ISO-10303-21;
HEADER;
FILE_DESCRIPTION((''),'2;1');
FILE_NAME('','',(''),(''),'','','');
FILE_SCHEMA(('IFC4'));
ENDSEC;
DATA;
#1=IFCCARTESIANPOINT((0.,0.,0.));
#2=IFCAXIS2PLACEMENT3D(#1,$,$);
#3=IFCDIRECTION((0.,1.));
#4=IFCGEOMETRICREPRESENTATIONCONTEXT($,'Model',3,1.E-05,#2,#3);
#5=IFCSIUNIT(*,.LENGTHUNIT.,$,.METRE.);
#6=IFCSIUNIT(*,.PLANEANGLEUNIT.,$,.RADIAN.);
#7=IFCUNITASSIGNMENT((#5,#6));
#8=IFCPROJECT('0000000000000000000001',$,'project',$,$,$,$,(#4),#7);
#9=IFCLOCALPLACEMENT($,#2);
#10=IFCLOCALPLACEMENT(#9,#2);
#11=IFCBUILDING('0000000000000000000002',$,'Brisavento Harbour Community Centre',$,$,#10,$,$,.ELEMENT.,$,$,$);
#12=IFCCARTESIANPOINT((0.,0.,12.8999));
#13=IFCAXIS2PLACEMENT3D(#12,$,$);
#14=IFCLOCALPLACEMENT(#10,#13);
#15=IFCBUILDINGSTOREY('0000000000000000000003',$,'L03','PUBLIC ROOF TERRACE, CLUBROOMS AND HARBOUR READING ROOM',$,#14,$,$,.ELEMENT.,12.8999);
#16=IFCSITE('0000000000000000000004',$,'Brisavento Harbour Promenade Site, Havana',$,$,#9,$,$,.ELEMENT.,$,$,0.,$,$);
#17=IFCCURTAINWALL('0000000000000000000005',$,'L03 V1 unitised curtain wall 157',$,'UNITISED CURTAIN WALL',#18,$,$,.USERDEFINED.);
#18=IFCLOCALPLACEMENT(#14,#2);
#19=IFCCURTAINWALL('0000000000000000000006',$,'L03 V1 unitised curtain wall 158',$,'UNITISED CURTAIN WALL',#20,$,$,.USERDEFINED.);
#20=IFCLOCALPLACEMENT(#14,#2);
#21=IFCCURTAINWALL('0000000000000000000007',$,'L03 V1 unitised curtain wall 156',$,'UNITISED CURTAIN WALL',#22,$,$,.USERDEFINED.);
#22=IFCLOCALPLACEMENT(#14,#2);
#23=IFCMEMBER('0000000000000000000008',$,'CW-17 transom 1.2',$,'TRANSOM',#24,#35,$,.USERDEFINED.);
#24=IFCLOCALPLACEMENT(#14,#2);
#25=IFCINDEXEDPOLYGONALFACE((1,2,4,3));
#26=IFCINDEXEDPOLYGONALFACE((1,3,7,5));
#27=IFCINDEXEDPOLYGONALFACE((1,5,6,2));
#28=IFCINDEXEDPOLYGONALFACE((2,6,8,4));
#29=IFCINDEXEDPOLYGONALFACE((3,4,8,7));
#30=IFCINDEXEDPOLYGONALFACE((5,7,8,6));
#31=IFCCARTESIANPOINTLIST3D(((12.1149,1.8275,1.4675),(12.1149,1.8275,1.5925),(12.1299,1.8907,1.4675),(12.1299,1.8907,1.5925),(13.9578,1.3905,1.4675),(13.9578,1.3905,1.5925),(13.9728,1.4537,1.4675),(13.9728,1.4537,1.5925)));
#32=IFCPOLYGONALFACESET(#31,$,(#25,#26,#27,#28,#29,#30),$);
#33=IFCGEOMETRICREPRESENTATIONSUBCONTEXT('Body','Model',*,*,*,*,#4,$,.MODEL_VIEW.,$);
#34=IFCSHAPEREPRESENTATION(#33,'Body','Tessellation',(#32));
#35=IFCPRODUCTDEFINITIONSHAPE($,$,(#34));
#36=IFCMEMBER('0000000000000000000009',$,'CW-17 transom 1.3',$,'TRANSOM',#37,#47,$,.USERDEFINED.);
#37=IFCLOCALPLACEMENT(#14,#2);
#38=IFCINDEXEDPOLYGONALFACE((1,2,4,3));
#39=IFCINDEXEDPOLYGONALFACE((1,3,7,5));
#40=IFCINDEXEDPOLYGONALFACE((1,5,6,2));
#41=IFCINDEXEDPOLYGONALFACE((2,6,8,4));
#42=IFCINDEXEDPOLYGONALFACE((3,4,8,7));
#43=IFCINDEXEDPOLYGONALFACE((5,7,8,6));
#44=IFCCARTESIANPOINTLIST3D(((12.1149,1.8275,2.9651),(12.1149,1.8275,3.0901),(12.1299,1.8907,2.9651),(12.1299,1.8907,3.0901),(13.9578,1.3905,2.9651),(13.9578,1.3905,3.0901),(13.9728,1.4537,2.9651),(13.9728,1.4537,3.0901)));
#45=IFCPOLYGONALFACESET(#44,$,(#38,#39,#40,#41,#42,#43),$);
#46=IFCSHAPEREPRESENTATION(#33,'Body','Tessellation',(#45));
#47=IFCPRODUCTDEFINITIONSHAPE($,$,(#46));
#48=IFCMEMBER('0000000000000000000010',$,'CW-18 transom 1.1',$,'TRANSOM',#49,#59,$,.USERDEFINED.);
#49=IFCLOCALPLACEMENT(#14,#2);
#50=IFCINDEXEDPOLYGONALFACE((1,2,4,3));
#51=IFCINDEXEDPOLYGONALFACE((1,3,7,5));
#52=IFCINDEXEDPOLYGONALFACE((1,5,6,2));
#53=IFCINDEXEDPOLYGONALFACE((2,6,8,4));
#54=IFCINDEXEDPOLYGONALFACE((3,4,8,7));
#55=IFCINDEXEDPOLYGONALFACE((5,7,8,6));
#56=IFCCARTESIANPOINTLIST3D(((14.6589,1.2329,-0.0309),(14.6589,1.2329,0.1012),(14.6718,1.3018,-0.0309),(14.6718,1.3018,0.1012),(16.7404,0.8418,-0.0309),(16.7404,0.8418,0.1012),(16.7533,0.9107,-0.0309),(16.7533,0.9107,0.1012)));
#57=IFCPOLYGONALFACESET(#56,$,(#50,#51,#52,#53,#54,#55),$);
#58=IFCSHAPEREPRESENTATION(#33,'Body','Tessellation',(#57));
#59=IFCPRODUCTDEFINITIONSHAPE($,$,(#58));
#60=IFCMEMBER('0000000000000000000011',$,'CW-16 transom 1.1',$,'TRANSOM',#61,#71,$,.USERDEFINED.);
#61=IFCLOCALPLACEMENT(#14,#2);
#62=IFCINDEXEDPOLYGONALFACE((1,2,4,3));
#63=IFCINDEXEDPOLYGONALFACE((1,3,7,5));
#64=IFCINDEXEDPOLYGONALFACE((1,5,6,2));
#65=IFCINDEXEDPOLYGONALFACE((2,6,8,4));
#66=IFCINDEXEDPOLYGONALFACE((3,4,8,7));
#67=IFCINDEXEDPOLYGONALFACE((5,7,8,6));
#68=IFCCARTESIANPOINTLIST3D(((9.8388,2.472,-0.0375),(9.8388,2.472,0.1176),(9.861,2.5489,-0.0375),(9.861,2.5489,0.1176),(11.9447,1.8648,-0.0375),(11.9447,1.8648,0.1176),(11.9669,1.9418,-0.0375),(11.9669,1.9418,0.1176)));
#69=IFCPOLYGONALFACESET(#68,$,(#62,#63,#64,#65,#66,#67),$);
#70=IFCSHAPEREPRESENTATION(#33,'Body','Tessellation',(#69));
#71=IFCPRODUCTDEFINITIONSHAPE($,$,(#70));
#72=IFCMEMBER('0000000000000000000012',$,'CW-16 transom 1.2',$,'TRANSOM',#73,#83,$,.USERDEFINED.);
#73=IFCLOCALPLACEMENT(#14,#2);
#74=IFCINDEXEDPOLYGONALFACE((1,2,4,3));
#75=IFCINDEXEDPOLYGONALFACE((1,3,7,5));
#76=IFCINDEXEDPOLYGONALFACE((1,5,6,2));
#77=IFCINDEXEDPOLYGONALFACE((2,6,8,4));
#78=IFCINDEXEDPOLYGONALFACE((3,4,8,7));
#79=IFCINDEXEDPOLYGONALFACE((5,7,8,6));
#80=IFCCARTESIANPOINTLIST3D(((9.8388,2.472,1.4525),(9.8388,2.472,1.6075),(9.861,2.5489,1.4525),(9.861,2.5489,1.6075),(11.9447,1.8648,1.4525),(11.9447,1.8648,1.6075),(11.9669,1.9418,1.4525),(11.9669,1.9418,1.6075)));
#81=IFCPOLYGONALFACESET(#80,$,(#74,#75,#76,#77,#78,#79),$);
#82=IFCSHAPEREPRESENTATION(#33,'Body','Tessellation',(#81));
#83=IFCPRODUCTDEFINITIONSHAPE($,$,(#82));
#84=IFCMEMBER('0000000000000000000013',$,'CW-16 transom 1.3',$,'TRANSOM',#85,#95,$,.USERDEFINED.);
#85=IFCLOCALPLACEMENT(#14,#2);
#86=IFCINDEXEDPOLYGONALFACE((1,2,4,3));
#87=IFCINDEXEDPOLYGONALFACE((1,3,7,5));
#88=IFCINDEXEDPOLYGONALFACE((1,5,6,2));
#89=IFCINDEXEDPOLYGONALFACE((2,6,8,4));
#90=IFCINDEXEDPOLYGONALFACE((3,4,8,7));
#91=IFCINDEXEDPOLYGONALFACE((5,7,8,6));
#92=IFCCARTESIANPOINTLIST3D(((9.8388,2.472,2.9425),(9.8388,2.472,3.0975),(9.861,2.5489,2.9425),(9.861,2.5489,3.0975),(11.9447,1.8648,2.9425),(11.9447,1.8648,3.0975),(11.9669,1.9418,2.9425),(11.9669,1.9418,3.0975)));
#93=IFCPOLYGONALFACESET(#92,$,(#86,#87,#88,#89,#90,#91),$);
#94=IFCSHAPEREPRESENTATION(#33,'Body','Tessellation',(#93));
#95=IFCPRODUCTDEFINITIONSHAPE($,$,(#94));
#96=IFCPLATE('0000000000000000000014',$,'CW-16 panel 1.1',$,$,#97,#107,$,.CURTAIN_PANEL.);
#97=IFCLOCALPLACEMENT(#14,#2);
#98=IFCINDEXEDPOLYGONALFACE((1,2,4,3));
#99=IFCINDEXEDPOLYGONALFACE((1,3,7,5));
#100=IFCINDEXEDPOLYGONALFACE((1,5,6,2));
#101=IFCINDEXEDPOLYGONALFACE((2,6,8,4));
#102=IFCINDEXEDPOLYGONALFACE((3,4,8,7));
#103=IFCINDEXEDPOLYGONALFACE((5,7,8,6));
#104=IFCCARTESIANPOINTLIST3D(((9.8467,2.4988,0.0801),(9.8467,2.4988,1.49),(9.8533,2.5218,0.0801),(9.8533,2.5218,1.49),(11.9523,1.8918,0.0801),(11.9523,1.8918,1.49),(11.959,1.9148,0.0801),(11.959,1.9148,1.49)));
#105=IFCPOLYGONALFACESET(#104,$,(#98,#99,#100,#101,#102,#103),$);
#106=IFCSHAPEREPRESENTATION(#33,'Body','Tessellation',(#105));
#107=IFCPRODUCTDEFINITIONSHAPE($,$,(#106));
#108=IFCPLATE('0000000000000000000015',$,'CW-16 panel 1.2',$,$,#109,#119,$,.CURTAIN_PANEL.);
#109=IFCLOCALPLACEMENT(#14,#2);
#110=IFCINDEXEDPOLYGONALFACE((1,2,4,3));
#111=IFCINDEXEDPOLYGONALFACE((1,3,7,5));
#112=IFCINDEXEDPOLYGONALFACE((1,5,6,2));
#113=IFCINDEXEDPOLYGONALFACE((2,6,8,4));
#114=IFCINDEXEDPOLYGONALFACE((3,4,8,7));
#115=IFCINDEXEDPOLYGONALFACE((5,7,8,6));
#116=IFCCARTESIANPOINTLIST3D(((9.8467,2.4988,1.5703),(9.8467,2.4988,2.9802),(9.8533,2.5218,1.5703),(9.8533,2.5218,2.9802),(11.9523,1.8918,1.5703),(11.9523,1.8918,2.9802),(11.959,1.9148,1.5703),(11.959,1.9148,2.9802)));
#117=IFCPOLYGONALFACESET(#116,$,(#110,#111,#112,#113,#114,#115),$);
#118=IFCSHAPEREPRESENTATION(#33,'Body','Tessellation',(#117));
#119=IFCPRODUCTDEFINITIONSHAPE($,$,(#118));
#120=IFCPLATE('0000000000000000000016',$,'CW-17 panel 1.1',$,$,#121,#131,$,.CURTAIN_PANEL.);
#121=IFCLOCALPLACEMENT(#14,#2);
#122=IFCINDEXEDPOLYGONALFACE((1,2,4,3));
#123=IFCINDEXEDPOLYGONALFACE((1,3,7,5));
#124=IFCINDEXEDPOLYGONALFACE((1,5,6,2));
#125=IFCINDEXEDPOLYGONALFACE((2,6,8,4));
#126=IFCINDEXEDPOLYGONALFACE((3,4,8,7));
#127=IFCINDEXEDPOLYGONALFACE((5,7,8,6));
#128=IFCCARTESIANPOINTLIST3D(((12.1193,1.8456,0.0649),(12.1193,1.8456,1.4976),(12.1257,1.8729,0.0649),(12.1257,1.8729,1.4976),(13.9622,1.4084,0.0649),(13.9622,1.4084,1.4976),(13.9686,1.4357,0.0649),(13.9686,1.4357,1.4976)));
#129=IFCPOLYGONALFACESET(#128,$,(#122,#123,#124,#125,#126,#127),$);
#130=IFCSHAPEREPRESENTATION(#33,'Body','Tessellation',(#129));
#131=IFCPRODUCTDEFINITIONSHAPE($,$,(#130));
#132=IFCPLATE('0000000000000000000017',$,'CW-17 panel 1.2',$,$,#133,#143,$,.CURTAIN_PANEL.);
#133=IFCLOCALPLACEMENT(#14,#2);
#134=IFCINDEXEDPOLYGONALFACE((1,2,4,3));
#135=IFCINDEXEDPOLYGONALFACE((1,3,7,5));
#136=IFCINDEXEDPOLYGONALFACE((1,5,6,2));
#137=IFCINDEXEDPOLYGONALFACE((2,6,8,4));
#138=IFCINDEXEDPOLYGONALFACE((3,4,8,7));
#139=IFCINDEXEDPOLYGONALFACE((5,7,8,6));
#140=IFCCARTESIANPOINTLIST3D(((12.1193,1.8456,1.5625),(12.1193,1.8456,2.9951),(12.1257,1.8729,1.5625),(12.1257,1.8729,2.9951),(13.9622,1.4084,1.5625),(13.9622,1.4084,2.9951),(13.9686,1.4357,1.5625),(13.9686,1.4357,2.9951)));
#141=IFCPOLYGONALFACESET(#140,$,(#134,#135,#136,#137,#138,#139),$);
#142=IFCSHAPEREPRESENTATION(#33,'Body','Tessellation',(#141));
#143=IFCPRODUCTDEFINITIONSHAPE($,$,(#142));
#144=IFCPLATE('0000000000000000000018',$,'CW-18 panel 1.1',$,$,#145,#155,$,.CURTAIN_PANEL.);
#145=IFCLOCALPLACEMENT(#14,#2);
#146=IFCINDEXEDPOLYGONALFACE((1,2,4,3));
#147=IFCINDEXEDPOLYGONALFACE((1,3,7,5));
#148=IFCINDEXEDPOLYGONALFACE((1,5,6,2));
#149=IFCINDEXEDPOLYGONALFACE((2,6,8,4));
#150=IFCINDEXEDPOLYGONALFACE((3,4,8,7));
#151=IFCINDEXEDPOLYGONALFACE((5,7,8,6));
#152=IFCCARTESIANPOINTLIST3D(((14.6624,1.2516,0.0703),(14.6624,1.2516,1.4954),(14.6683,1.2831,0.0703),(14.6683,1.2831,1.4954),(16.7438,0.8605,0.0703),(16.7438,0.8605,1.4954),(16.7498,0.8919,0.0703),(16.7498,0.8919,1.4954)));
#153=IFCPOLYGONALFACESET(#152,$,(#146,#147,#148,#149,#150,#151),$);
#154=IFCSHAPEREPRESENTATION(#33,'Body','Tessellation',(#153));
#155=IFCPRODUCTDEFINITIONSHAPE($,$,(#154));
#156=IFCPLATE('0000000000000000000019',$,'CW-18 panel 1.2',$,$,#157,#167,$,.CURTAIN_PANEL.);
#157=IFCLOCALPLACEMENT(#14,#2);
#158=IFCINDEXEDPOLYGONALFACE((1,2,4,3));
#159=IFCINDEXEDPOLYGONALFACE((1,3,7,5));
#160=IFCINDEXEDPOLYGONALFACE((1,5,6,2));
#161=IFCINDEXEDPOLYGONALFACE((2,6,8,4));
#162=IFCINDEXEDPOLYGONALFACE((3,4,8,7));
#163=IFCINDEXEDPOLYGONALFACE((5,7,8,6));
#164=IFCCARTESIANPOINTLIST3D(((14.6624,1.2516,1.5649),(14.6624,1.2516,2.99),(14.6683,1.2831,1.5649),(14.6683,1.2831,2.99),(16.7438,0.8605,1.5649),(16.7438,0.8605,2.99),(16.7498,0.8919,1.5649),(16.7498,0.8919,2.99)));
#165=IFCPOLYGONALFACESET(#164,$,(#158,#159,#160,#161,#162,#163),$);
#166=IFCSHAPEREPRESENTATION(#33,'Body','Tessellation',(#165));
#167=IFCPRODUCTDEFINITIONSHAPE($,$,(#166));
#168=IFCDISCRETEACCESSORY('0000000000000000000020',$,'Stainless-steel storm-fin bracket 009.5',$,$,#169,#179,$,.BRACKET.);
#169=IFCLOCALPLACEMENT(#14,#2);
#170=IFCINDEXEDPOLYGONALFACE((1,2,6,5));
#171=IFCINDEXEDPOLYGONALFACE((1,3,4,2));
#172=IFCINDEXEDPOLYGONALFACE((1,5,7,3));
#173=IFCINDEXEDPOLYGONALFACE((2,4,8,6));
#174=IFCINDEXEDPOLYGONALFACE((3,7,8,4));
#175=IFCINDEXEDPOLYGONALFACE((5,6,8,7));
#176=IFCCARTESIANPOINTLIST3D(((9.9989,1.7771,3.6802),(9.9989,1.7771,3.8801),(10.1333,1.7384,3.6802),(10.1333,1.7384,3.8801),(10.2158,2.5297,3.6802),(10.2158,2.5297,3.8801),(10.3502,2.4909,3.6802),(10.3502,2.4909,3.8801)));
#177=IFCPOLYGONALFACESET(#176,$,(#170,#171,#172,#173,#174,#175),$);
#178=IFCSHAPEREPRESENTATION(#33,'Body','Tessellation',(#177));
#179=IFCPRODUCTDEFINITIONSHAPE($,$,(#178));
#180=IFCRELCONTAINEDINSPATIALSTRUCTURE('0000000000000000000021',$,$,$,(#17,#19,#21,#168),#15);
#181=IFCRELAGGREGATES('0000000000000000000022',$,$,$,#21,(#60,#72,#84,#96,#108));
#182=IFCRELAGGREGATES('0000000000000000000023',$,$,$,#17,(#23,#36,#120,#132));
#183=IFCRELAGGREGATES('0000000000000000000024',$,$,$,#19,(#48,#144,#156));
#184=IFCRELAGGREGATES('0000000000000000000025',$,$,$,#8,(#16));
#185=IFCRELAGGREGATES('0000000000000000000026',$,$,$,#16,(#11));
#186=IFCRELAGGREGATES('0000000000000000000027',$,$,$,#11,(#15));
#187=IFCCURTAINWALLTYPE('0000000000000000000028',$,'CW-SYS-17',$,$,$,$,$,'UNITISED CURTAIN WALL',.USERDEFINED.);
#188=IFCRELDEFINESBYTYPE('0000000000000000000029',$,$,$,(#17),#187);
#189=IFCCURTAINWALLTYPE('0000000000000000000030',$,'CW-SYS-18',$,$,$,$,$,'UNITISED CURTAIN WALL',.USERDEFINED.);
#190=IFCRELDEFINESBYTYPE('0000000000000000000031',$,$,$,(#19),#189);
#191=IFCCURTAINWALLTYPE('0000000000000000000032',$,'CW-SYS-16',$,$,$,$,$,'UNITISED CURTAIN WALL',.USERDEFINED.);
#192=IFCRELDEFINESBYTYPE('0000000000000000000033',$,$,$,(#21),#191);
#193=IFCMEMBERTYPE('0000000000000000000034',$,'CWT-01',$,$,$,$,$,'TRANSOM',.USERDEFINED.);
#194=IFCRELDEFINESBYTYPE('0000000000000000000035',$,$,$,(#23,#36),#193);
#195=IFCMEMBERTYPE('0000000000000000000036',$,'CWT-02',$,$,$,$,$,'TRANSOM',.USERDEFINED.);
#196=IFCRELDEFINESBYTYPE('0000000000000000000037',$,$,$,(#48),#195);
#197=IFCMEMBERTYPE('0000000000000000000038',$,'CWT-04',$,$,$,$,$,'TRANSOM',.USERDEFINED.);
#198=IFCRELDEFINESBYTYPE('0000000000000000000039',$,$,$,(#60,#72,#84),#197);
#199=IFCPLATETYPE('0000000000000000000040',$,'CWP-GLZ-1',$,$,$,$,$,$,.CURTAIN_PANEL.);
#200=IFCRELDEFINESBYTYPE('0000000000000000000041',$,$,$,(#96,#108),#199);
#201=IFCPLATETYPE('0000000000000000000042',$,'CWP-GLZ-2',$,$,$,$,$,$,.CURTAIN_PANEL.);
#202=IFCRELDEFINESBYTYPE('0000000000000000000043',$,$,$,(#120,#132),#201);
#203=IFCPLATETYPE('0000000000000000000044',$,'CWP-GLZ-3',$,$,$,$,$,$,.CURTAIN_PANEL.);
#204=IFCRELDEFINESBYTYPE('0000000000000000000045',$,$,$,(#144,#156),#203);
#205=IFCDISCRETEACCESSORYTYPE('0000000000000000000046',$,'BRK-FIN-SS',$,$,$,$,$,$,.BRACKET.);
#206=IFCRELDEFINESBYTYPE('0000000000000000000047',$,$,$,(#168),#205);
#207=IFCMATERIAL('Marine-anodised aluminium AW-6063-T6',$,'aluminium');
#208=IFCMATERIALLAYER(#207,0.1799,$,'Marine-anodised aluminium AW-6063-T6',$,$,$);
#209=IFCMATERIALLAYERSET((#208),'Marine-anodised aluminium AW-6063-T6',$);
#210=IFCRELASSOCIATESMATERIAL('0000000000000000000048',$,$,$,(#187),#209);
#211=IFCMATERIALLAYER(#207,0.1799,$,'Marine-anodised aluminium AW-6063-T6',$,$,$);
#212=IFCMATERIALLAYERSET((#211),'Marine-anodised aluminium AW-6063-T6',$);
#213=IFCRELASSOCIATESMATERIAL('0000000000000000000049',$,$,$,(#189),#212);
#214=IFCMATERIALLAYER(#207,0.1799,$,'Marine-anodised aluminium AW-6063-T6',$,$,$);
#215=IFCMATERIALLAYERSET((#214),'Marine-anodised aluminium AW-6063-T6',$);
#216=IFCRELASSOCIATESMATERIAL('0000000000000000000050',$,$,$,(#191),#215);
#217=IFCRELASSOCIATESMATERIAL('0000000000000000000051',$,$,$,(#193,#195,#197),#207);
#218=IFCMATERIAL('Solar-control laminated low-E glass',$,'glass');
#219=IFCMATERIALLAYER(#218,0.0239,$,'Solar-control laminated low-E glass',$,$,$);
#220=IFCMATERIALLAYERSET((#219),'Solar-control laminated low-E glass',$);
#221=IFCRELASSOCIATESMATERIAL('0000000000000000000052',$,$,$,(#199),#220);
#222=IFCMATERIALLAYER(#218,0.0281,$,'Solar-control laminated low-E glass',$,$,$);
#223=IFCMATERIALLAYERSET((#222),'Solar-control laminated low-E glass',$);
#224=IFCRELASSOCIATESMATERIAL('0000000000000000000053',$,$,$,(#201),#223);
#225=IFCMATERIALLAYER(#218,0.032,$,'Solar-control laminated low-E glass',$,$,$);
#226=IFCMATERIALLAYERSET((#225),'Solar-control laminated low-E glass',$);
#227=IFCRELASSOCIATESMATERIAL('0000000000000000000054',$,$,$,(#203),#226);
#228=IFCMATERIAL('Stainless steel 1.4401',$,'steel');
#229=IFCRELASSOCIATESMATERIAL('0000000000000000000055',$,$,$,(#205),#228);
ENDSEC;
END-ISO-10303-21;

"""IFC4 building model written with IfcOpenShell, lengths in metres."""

from ifc_helpers import new_model, si_unit, direction, frame, origin, origin_2d, place, context, subcontext, project, spatial, rectangle, extrude, material, layer, layer_set, material_profile, profile_set, type_object, element, aggregate, save


model = new_model("IFC4")

# Units and contexts
model_context = context("Model", 3, precision=1e-05, world=origin(), true_north=direction((0.0, 1.0)))
body_context = subcontext(model_context, "Body", "Model", "MODEL_VIEW")
ifc_project = project(units=[si_unit("LENGTHUNIT", "METRE"), si_unit("PLANEANGLEUNIT", "RADIAN")], contexts=[model_context])

# Site, building, storey
site_placement = place(None, origin())
site = spatial("IfcSite", under=ifc_project, at=site_placement, Name="Brisavento Harbour Promenade Site, Havana", CompositionType="ELEMENT", RefElevation=0.0)
building_placement = place(site_placement, origin())
building = spatial("IfcBuilding", under=site, at=building_placement, Name="Brisavento Harbour Community Centre", CompositionType="ELEMENT")
storey_placement = place(building_placement, frame((0.0, 0.0, 12.8999)))
storey = spatial("IfcBuildingStorey", under=building, at=storey_placement, Name="L03", Description="PUBLIC ROOF TERRACE, CLUBROOMS AND HARBOUR READING ROOM", CompositionType="ELEMENT", Elevation=12.8999)

# Curtain wall
ifc_material_1 = material(Name="Marine-anodised aluminium AW-6063-T6", Category="aluminium")
ifc_layer_1 = layer(ifc_material_1, 0.1799, Name="Marine-anodised aluminium AW-6063-T6")
ifc_layer_set_1 = layer_set([ifc_layer_1], Name="Marine-anodised aluminium AW-6063-T6")
curtain_wall_type_1 = type_object("IfcCurtainWallType", Name="CW-SYS-17", ElementType="UNITISED CURTAIN WALL", PredefinedType="USERDEFINED", material=ifc_layer_set_1)
curtain_wall_1_placement = place(storey_placement, origin())
curtain_wall_1 = element("IfcCurtainWall", 1, at=curtain_wall_1_placement, inside=storey, type_object=curtain_wall_type_1, Name="L03 V1 unitised curtain wall 157", ObjectType="UNITISED CURTAIN WALL", PredefinedType="USERDEFINED")

# Curtain wall
ifc_layer_2 = layer(ifc_material_1, 0.1799, Name="Marine-anodised aluminium AW-6063-T6")
ifc_layer_set_2 = layer_set([ifc_layer_2], Name="Marine-anodised aluminium AW-6063-T6")
curtain_wall_type_2 = type_object("IfcCurtainWallType", Name="CW-SYS-18", ElementType="UNITISED CURTAIN WALL", PredefinedType="USERDEFINED", material=ifc_layer_set_2)
curtain_wall_2_placement = place(storey_placement, origin())
curtain_wall_2 = element("IfcCurtainWall", 2, at=curtain_wall_2_placement, inside=storey, type_object=curtain_wall_type_2, Name="L03 V1 unitised curtain wall 158", ObjectType="UNITISED CURTAIN WALL", PredefinedType="USERDEFINED")

# Curtain wall
ifc_layer_3 = layer(ifc_material_1, 0.1799, Name="Marine-anodised aluminium AW-6063-T6")
ifc_layer_set_3 = layer_set([ifc_layer_3], Name="Marine-anodised aluminium AW-6063-T6")
curtain_wall_type_3 = type_object("IfcCurtainWallType", Name="CW-SYS-16", ElementType="UNITISED CURTAIN WALL", PredefinedType="USERDEFINED", material=ifc_layer_set_3)
curtain_wall_3_placement = place(storey_placement, origin())
curtain_wall_3 = element("IfcCurtainWall", 3, at=curtain_wall_3_placement, inside=storey, type_object=curtain_wall_type_3, Name="L03 V1 unitised curtain wall 156", ObjectType="UNITISED CURTAIN WALL", PredefinedType="USERDEFINED")

# Members
ifc_material_profile_1 = material_profile(ifc_material_1, rectangle(XDim=0.0649, YDim=0.125, at=origin_2d()), Name="Marine-anodised aluminium AW-6063-T6")
ifc_profile_set_1 = profile_set([ifc_material_profile_1], Name="Marine-anodised aluminium AW-6063-T6")
member_type_1 = type_object("IfcMemberType", Name="CWT-01", ElementType="TRANSOM", PredefinedType="USERDEFINED", material=ifc_profile_set_1)
member_1_placement = place(storey_placement, frame((13.9653, 1.4221, 1.53), z_axis=(-0.97302, 0.23072, 0.0), x_axis=(-0.23072, -0.97302, 0.0)))
member_1 = element("IfcMember", 4, at=member_1_placement, type_object=member_type_1, Name="CW-17 transom 1.2", ObjectType="TRANSOM", PredefinedType="USERDEFINED", context=body_context, shape_type="SweptSolid", body=[
    extrude(rectangle(XDim=0.0649, YDim=0.125, at=origin_2d()), origin(), (0.0, 0.0, 1.0), 1.894),
])
member_2_placement = place(storey_placement, frame((13.9653, 1.4221, 3.0276), z_axis=(-0.97302, 0.23072, 0.0), x_axis=(-0.23072, -0.97302, 0.0)))
member_2 = element("IfcMember", 5, at=member_2_placement, type_object=member_type_1, Name="CW-17 transom 1.3", ObjectType="TRANSOM", PredefinedType="USERDEFINED", context=body_context, shape_type="SweptSolid", body=[
    extrude(rectangle(XDim=0.0649, YDim=0.125, at=origin_2d()), origin(), (0.0, 0.0, 1.0), 1.894),
])
ifc_material_profile_2 = material_profile(ifc_material_1, rectangle(XDim=0.0701, YDim=0.1321, at=origin_2d()), Name="Marine-anodised aluminium AW-6063-T6")
ifc_profile_set_2 = profile_set([ifc_material_profile_2], Name="Marine-anodised aluminium AW-6063-T6")
member_type_2 = type_object("IfcMemberType", Name="CWT-02", ElementType="TRANSOM", PredefinedType="USERDEFINED", material=ifc_profile_set_2)
member_3_placement = place(storey_placement, frame((16.7468, 0.8762, 0.0352), z_axis=(-0.982802, 0.184664, 0.0), x_axis=(-0.184664, -0.982802, 0.0)))
member_3 = element("IfcMember", 6, at=member_3_placement, type_object=member_type_2, Name="CW-18 transom 1.1", ObjectType="TRANSOM", PredefinedType="USERDEFINED", context=body_context, shape_type="SweptSolid", body=[
    extrude(rectangle(XDim=0.0701, YDim=0.1321, at=origin_2d()), origin(), (0.0, 0.0, 1.0), 2.1179),
])
ifc_material_profile_3 = material_profile(ifc_material_1, rectangle(XDim=0.0801, YDim=0.155, at=origin_2d()), Name="Marine-anodised aluminium AW-6063-T6")
ifc_profile_set_3 = profile_set([ifc_material_profile_3], Name="Marine-anodised aluminium AW-6063-T6")
member_type_3 = type_object("IfcMemberType", Name="CWT-04", ElementType="TRANSOM", PredefinedType="USERDEFINED", material=ifc_profile_set_3)
member_4_placement = place(storey_placement, frame((11.9558, 1.9033, 0.04), z_axis=(-0.960861, 0.27703, 0.0), x_axis=(-0.27703, -0.960861, 0.0)))
member_4 = element("IfcMember", 7, at=member_4_placement, type_object=member_type_3, Name="CW-16 transom 1.1", ObjectType="TRANSOM", PredefinedType="USERDEFINED", context=body_context, shape_type="SweptSolid", body=[
    extrude(rectangle(XDim=0.0801, YDim=0.155, at=origin_2d()), origin(), (0.0, 0.0, 1.0), 2.1917),
])
member_5_placement = place(storey_placement, frame((11.9558, 1.9033, 1.53), z_axis=(-0.960861, 0.27703, 0.0), x_axis=(-0.27703, -0.960861, 0.0)))
member_5 = element("IfcMember", 8, at=member_5_placement, type_object=member_type_3, Name="CW-16 transom 1.2", ObjectType="TRANSOM", PredefinedType="USERDEFINED", context=body_context, shape_type="SweptSolid", body=[
    extrude(rectangle(XDim=0.0801, YDim=0.155, at=origin_2d()), origin(), (0.0, 0.0, 1.0), 2.1917),
])
member_6_placement = place(storey_placement, frame((11.9558, 1.9033, 3.02), z_axis=(-0.960861, 0.27703, 0.0), x_axis=(-0.27703, -0.960861, 0.0)))
member_6 = element("IfcMember", 9, at=member_6_placement, type_object=member_type_3, Name="CW-16 transom 1.3", ObjectType="TRANSOM", PredefinedType="USERDEFINED", context=body_context, shape_type="SweptSolid", body=[
    extrude(rectangle(XDim=0.0801, YDim=0.155, at=origin_2d()), origin(), (0.0, 0.0, 1.0), 2.1917),
])

# Plates
ifc_material_2 = material(Name="Solar-control laminated low-E glass", Category="glass")
ifc_layer_4 = layer(ifc_material_2, 0.0239, Name="Solar-control laminated low-E glass")
ifc_layer_set_4 = layer_set([ifc_layer_4], Name="Solar-control laminated low-E glass")
plate_type_1 = type_object("IfcPlateType", Name="CWP-GLZ-1", PredefinedType="CURTAIN_PANEL", material=ifc_layer_set_4)
plate_1_placement = place(storey_placement, frame((10.9028, 2.2068, 0.0801), z_axis=(0.0, 0.0, 1.0), x_axis=(-0.960866, 0.277012, 0.0)))
plate_1 = element("IfcPlate", 10, at=plate_1_placement, type_object=plate_type_1, Name="CW-16 panel 1.1", PredefinedType="CURTAIN_PANEL", context=body_context, shape_type="SweptSolid", body=[
    extrude(rectangle(XDim=2.1914, YDim=0.0239, at=origin_2d()), origin(), (0.0, 0.0, 1.0), 1.4099),
])
plate_2_placement = place(storey_placement, frame((10.9028, 2.2068, 1.5703), z_axis=(0.0, 0.0, 1.0), x_axis=(-0.960866, 0.277012, 0.0)))
plate_2 = element("IfcPlate", 11, at=plate_2_placement, type_object=plate_type_1, Name="CW-16 panel 1.2", PredefinedType="CURTAIN_PANEL", context=body_context, shape_type="SweptSolid", body=[
    extrude(rectangle(XDim=2.1914, YDim=0.0239, at=origin_2d()), origin(), (0.0, 0.0, 1.0), 1.4099),
])
aggregate(curtain_wall_3, [member_4, member_5, member_6, plate_1, plate_2])
ifc_layer_5 = layer(ifc_material_2, 0.0281, Name="Solar-control laminated low-E glass")
ifc_layer_set_5 = layer_set([ifc_layer_5], Name="Solar-control laminated low-E glass")
plate_type_2 = type_object("IfcPlateType", Name="CWP-GLZ-2", PredefinedType="CURTAIN_PANEL", material=ifc_layer_set_5)
plate_3_placement = place(storey_placement, frame((13.0439, 1.6406, 0.0649), z_axis=(0.0, 0.0, 1.0), x_axis=(-0.972998, 0.230812, 0.0)))
plate_3 = element("IfcPlate", 12, at=plate_3_placement, type_object=plate_type_2, Name="CW-17 panel 1.1", PredefinedType="CURTAIN_PANEL", context=body_context, shape_type="SweptSolid", body=[
    extrude(rectangle(XDim=1.894, YDim=0.0281, at=origin_2d()), origin(), (0.0, 0.0, 1.0), 1.4326),
])
plate_4_placement = place(storey_placement, frame((13.0439, 1.6406, 1.5625), z_axis=(0.0, 0.0, 1.0), x_axis=(-0.972998, 0.230812, 0.0)))
plate_4 = element("IfcPlate", 13, at=plate_4_placement, type_object=plate_type_2, Name="CW-17 panel 1.2", PredefinedType="CURTAIN_PANEL", context=body_context, shape_type="SweptSolid", body=[
    extrude(rectangle(XDim=1.894, YDim=0.0281, at=origin_2d()), origin(), (0.0, 0.0, 1.0), 1.4326),
])
aggregate(curtain_wall_1, [member_1, member_2, plate_3, plate_4])
ifc_layer_6 = layer(ifc_material_2, 0.032, Name="Solar-control laminated low-E glass")
ifc_layer_set_6 = layer_set([ifc_layer_6], Name="Solar-control laminated low-E glass")
plate_type_3 = type_object("IfcPlateType", Name="CWP-GLZ-3", PredefinedType="CURTAIN_PANEL", material=ifc_layer_set_6)
plate_5_placement = place(storey_placement, frame((15.7061, 1.0718, 0.0703), z_axis=(0.0, 0.0, 1.0), x_axis=(-0.982797, 0.18469, 0.0)))
plate_5 = element("IfcPlate", 14, at=plate_5_placement, type_object=plate_type_3, Name="CW-18 panel 1.1", PredefinedType="CURTAIN_PANEL", context=body_context, shape_type="SweptSolid", body=[
    extrude(rectangle(XDim=2.1179, YDim=0.032, at=origin_2d()), origin(), (0.0, 0.0, 1.0), 1.425),
])
plate_6_placement = place(storey_placement, frame((15.7061, 1.0718, 1.5649), z_axis=(0.0, 0.0, 1.0), x_axis=(-0.982797, 0.18469, 0.0)))
plate_6 = element("IfcPlate", 15, at=plate_6_placement, type_object=plate_type_3, Name="CW-18 panel 1.2", PredefinedType="CURTAIN_PANEL", context=body_context, shape_type="SweptSolid", body=[
    extrude(rectangle(XDim=2.1179, YDim=0.032, at=origin_2d()), origin(), (0.0, 0.0, 1.0), 1.425),
])
aggregate(curtain_wall_2, [member_3, plate_5, plate_6])

# Discrete accessory
ifc_material_3 = material(Name="Stainless steel 1.4401", Category="steel")
discrete_accessory_type = type_object("IfcDiscreteAccessoryType", Name="BRK-FIN-SS", PredefinedType="BRACKET", material=ifc_material_3)
discrete_accessory_1_placement = place(storey_placement, frame((10.1746, 2.134, 3.6802), z_axis=(0.0, 0.0, 1.0), x_axis=(-0.276996, -0.960871, 0.0)))
element("IfcDiscreteAccessory", 16, at=discrete_accessory_1_placement, inside=storey, type_object=discrete_accessory_type, Name="Stainless-steel storm-fin bracket 009.5", PredefinedType="BRACKET", context=body_context, shape_type="SweptSolid", body=[
    extrude(rectangle(XDim=0.7832, YDim=0.1399, at=origin_2d()), origin(), (0.0, 0.0, 1.0), 0.2),
])

save(model, "model.ifc")
